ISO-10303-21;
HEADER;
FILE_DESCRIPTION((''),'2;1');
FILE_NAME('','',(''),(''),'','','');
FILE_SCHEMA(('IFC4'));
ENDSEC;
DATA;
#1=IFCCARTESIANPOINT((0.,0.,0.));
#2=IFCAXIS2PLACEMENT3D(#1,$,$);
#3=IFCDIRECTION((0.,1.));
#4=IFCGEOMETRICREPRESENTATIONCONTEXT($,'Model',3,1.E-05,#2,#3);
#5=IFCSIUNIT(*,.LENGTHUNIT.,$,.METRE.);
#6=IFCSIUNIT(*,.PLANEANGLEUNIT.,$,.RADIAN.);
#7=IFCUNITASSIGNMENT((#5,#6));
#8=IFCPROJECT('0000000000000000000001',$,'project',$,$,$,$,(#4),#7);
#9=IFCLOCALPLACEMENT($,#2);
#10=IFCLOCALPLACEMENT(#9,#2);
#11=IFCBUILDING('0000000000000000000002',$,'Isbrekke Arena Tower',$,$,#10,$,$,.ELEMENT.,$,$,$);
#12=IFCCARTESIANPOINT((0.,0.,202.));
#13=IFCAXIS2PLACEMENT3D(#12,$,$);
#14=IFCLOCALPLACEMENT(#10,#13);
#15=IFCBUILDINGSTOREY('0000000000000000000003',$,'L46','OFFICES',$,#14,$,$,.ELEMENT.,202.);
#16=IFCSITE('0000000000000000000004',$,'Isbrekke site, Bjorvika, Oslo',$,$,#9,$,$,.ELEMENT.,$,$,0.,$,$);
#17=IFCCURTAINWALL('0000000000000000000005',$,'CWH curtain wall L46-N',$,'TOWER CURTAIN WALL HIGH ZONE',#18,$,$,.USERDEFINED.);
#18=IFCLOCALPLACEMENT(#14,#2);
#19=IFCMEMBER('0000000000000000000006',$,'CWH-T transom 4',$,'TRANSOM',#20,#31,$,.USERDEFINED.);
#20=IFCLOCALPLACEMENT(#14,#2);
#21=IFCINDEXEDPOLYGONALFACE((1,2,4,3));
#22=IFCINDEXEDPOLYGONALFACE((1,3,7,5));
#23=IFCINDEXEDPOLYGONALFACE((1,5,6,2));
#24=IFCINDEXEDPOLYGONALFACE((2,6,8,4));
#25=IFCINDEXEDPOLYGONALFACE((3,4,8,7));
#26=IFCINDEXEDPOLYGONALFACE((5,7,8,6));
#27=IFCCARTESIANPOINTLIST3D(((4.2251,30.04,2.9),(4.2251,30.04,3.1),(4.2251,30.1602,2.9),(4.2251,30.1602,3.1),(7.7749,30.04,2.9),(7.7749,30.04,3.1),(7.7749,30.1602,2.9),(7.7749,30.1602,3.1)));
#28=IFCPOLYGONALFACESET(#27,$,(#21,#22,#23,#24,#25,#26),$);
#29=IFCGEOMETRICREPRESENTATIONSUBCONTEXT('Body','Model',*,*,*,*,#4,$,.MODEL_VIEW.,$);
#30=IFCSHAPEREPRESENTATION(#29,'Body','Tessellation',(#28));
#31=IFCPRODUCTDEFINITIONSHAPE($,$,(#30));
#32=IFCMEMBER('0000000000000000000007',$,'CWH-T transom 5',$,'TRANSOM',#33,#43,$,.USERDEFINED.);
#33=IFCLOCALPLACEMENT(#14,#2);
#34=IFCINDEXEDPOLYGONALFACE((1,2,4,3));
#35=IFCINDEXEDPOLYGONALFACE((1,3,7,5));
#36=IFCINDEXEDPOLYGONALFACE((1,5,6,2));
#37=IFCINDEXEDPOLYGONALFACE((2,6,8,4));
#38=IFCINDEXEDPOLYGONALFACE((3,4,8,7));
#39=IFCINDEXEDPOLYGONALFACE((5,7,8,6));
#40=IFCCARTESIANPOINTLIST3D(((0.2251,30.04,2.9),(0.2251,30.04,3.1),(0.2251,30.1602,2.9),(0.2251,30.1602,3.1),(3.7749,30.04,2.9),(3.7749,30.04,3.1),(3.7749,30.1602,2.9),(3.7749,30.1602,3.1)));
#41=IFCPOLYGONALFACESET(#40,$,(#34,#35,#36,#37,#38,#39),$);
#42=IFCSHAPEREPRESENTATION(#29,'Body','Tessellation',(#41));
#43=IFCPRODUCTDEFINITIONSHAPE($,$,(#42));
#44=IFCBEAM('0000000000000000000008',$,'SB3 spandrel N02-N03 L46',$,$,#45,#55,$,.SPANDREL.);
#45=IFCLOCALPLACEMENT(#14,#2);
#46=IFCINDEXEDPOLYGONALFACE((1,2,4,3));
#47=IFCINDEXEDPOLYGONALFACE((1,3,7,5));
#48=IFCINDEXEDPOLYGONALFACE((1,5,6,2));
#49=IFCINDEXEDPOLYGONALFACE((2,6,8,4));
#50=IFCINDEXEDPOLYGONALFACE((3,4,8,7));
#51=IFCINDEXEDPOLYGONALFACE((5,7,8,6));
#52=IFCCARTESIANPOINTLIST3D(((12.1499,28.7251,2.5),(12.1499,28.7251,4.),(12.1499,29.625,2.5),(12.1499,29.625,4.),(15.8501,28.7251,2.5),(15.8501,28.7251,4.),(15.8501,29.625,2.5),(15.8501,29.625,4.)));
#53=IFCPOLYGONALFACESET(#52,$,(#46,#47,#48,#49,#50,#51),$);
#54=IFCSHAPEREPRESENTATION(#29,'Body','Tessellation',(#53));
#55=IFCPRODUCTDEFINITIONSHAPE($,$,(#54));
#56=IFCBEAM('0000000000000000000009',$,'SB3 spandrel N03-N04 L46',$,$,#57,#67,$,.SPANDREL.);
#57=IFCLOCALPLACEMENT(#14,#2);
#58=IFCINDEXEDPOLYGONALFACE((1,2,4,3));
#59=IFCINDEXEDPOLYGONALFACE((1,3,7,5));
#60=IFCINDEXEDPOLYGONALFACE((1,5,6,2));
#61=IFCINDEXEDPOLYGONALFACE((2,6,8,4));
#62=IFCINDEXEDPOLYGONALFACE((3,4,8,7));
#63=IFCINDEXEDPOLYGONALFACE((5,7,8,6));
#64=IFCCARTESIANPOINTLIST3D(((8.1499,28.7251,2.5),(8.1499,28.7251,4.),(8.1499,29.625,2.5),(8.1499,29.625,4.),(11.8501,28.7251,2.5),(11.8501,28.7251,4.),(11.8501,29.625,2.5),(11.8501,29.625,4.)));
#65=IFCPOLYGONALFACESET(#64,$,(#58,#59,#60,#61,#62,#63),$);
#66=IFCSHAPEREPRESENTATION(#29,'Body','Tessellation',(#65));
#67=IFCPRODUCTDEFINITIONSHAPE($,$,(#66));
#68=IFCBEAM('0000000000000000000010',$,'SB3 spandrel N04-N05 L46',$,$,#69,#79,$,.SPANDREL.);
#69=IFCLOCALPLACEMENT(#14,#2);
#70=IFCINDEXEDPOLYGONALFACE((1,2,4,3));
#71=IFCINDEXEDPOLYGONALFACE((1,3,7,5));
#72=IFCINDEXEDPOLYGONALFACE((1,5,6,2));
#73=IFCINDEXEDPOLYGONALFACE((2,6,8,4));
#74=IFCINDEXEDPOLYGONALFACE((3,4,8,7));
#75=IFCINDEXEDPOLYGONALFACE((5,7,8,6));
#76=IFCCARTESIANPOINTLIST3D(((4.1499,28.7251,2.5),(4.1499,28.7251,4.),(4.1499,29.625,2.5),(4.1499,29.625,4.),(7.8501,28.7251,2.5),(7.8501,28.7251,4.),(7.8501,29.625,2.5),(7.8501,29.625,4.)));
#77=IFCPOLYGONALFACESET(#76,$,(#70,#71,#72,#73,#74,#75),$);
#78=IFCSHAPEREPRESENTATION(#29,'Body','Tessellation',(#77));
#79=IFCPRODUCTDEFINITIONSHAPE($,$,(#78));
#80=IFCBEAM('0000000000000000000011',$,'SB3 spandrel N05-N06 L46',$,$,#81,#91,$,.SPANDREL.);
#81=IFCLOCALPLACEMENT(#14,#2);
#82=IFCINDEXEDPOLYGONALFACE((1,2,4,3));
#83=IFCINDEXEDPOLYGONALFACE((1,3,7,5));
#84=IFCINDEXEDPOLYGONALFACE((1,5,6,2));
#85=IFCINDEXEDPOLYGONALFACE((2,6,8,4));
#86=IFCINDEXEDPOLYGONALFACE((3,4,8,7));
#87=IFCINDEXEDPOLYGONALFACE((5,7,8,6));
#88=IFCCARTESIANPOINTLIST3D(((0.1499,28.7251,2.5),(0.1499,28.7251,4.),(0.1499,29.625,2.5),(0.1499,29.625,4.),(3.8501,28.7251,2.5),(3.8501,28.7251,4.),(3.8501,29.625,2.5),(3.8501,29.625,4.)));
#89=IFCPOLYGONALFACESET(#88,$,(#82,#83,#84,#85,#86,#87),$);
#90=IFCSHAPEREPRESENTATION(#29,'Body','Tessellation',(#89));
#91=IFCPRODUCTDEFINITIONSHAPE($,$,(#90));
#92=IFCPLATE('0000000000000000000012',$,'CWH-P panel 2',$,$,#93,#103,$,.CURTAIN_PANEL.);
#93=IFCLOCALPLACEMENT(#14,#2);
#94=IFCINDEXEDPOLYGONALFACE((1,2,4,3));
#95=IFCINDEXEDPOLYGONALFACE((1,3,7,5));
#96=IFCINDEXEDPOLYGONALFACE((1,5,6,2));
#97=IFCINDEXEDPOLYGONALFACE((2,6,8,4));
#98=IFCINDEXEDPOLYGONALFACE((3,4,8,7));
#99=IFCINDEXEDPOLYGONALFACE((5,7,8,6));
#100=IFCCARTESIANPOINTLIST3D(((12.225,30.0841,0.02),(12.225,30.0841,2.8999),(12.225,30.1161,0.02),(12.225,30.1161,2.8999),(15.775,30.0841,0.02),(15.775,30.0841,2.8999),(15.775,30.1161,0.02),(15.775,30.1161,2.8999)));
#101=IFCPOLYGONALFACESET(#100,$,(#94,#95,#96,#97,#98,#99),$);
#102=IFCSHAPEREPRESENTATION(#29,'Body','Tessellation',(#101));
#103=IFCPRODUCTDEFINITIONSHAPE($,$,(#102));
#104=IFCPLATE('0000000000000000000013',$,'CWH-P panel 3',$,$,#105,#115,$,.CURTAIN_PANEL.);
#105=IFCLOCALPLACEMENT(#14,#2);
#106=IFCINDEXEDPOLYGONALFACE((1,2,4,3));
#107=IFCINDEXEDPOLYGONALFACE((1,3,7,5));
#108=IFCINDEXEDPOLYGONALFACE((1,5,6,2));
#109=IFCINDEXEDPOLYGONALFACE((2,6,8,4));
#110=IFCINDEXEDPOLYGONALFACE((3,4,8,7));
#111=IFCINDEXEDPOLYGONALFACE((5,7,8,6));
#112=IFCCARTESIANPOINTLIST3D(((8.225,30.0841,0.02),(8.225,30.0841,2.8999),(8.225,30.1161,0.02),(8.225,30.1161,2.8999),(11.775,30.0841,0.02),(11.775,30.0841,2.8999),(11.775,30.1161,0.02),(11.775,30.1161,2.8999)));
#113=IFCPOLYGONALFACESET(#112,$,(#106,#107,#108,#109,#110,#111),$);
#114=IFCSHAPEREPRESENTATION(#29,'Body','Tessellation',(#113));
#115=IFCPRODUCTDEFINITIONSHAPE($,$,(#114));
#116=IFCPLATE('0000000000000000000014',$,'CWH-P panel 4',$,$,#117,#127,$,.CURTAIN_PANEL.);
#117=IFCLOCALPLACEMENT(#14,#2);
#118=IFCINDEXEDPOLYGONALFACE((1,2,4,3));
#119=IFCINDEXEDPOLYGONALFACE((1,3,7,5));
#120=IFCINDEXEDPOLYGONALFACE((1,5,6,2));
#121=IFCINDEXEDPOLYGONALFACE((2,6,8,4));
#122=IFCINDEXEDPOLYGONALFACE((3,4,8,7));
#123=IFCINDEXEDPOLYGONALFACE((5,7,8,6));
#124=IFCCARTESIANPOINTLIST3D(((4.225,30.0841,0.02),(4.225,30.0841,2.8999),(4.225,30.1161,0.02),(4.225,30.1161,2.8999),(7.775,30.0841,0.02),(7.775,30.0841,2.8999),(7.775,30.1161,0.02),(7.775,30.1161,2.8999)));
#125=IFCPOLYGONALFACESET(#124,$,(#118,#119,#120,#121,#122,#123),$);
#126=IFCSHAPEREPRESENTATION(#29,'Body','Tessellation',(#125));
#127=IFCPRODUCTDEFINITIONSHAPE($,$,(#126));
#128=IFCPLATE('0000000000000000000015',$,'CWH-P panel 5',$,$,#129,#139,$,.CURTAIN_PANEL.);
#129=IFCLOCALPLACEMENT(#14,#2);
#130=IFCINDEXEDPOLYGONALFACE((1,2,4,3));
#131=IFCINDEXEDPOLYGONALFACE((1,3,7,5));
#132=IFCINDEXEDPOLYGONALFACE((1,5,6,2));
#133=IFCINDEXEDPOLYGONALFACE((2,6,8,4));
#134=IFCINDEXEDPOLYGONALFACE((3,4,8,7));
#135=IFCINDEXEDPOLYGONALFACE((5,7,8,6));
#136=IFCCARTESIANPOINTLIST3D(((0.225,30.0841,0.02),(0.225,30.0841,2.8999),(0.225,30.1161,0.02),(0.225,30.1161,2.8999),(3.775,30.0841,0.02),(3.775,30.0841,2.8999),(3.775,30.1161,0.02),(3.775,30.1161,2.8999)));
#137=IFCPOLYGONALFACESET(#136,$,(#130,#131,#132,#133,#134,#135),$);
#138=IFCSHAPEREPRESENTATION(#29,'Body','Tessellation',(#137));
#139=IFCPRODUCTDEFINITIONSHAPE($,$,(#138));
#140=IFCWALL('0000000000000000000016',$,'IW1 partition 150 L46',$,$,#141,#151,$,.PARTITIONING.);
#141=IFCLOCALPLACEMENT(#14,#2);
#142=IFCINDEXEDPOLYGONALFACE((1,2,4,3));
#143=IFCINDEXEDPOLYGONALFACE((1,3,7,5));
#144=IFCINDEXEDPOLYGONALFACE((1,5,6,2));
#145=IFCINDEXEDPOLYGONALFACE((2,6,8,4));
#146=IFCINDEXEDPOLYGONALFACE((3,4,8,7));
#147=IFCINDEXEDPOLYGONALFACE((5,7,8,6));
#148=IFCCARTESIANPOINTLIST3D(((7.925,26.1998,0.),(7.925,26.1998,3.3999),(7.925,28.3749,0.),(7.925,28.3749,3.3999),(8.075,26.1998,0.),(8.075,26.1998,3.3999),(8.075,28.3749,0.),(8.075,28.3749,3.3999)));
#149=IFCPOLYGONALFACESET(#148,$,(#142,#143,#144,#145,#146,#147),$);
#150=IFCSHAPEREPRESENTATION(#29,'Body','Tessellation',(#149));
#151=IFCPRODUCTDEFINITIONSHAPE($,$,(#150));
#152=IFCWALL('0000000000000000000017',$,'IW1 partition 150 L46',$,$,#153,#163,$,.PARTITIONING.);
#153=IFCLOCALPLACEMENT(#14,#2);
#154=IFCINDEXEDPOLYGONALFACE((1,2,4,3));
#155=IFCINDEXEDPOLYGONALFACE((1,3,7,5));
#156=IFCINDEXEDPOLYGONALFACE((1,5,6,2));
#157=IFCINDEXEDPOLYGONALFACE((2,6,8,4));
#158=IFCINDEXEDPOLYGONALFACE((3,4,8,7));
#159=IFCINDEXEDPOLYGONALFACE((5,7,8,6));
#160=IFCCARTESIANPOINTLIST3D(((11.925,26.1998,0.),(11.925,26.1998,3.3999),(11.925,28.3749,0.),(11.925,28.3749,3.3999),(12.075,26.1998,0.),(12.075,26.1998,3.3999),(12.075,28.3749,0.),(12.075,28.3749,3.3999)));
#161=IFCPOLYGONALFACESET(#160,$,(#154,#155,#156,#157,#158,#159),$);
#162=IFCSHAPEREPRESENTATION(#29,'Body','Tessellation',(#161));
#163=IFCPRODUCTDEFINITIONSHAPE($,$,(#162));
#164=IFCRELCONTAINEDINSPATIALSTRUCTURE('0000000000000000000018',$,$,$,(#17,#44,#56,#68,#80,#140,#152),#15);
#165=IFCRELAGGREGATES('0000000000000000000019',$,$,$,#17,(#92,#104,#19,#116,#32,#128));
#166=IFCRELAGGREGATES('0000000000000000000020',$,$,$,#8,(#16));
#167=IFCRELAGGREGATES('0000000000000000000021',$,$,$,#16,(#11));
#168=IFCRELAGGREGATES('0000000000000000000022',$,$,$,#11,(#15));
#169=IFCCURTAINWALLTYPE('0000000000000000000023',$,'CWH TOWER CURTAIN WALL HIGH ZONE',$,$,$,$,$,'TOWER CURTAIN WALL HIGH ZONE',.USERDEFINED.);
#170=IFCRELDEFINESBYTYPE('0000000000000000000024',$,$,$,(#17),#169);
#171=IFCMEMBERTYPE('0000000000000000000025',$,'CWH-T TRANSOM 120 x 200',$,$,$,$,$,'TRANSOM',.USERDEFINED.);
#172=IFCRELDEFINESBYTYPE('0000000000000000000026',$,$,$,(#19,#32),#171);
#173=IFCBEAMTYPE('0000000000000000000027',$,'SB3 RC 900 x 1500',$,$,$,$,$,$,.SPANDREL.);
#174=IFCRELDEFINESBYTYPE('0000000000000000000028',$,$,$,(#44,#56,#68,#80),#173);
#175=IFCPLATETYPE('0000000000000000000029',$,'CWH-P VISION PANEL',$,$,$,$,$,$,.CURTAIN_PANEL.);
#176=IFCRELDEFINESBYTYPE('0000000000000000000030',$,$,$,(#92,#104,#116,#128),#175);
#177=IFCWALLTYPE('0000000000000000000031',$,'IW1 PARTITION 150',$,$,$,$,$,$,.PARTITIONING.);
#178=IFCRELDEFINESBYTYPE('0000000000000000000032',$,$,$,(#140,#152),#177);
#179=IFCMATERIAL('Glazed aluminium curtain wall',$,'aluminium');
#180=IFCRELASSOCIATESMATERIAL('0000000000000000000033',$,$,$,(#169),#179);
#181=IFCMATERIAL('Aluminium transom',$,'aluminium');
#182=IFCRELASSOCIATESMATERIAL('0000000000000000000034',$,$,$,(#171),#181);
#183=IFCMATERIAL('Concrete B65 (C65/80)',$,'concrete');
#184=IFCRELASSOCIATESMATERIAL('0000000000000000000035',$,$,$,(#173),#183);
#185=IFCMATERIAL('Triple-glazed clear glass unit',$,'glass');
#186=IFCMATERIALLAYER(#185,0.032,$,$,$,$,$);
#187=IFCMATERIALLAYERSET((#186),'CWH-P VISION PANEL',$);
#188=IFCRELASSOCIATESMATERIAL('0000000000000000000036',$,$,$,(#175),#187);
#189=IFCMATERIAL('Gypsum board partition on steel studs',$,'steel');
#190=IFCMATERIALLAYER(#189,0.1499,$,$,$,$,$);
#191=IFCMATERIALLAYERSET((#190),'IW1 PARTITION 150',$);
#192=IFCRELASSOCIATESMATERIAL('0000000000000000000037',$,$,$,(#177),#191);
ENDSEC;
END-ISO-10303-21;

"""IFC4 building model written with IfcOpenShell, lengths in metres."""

from ifc_helpers import new_model, si_unit, direction, frame, frame_2d, origin, origin_2d, place, context, subcontext, project, spatial, rectangle, extrude, material, layer, layer_set, material_profile, profile_set, type_object, element, aggregate, save


model = new_model("IFC4")

# Units and contexts
model_context = context("Model", 3, precision=1e-05, world=origin(), true_north=direction((0.0, 1.0)))
body_context = subcontext(model_context, "Body", "Model", "MODEL_VIEW")
ifc_project = project(units=[si_unit("LENGTHUNIT", "METRE"), si_unit("PLANEANGLEUNIT", "RADIAN")], contexts=[model_context])

# Site, building, storey
site_placement = place(None, origin())
site = spatial("IfcSite", under=ifc_project, at=site_placement, Name="Isbrekke site, Bjorvika, Oslo", CompositionType="ELEMENT", RefElevation=0.0)
building_placement = place(site_placement, origin())
building = spatial("IfcBuilding", under=site, at=building_placement, Name="Isbrekke Arena Tower", CompositionType="ELEMENT")
storey_placement = place(building_placement, frame((0.0, 0.0, 202.0)))
storey = spatial("IfcBuildingStorey", under=building, at=storey_placement, Name="L46", Description="OFFICES", CompositionType="ELEMENT", Elevation=202.0)

# Curtain wall, members
ifc_material_1 = material(Name="Glazed aluminium curtain wall", Category="aluminium")
curtain_wall_type = type_object("IfcCurtainWallType", Name="CWH TOWER CURTAIN WALL HIGH ZONE", ElementType="TOWER CURTAIN WALL HIGH ZONE", PredefinedType="USERDEFINED", material=ifc_material_1)
curtain_wall_placement = place(storey_placement, origin())
curtain_wall = element("IfcCurtainWall", 1, at=curtain_wall_placement, inside=storey, type_object=curtain_wall_type, Name="CWH curtain wall L46-N", ObjectType="TOWER CURTAIN WALL HIGH ZONE", PredefinedType="USERDEFINED")
ifc_material_2 = material(Name="Aluminium transom", Category="aluminium")
ifc_material_profile_1 = material_profile(ifc_material_2, rectangle(XDim=0.1201, YDim=0.2, at=origin_2d()), Name="TRANSOM 120X200")
ifc_profile_set_1 = profile_set([ifc_material_profile_1], Name="Aluminium transom")
member_type_1 = type_object("IfcMemberType", Name="CWH-T TRANSOM 120 x 200", ElementType="TRANSOM", PredefinedType="USERDEFINED", material=ifc_profile_set_1)
member_1_placement = place(storey_placement, frame((7.7749, 30.1001, 3.0), z_axis=(-1.0, 0.0, 0.0), x_axis=(0.0, -1.0, 0.0)))
member_1 = element("IfcMember", 2, at=member_1_placement, type_object=member_type_1, Name="CWH-T transom 4", ObjectType="TRANSOM", PredefinedType="USERDEFINED", context=body_context, shape_type="SweptSolid", body=[
    extrude(rectangle(XDim=0.1201, YDim=0.2, at=origin_2d()), origin(), (0.0, 0.0, 1.0), 3.5498),
])
member_2_placement = place(storey_placement, frame((3.7749, 30.1001, 3.0), z_axis=(-1.0, 0.0, 0.0), x_axis=(0.0, -1.0, 0.0)))
member_2 = element("IfcMember", 3, at=member_2_placement, type_object=member_type_1, Name="CWH-T transom 5", ObjectType="TRANSOM", PredefinedType="USERDEFINED", context=body_context, shape_type="SweptSolid", body=[
    extrude(rectangle(XDim=0.1201, YDim=0.2, at=origin_2d()), origin(), (0.0, 0.0, 1.0), 3.5498),
])

# Beams
ifc_material_3 = material(Name="Concrete B65 (C65/80)", Category="concrete")
ifc_material_profile_2 = material_profile(ifc_material_3, rectangle(XDim=0.8999, YDim=1.5, at=origin_2d()), Name="RC 900x1500")
ifc_profile_set_2 = profile_set([ifc_material_profile_2], Name="Concrete B65 (C65/80)")
beam_type_1 = type_object("IfcBeamType", Name="SB3 RC 900 x 1500", PredefinedType="SPANDREL", material=ifc_profile_set_2)
for number, where, z_axis, x_axis, name in (
    (4, (15.8501, 29.175, 3.25), (-1.0, 0.0, 0.0), (0.0, -1.0, 0.0), "SB3 spandrel N02-N03 L46"),
    (5, (11.8501, 29.175, 3.25), (-1.0, 0.0, 0.0), (0.0, -1.0, 0.0), "SB3 spandrel N03-N04 L46"),
    (6, (7.8501, 29.175, 3.25), (-1.0, 0.0, 0.0), (0.0, -1.0, 0.0), "SB3 spandrel N04-N05 L46"),
    (7, (3.8501, 29.175, 3.25), (-1.0, 0.0, 0.0), (0.0, -1.0, 0.0), "SB3 spandrel N05-N06 L46"),
):
    element("IfcBeam", number, at=place(storey_placement, frame(where, z_axis=z_axis, x_axis=x_axis)), inside=storey, type_object=beam_type_1, Name=name, PredefinedType="SPANDREL", context=body_context, shape_type="SweptSolid", body=[
        extrude(rectangle(XDim=0.8999, YDim=1.5, at=origin_2d()), origin(), (0.0, 0.0, 1.0), 3.7002),
    ])

# Plates
ifc_material_4 = material(Name="Triple-glazed clear glass unit", Category="glass")
ifc_layer_1 = layer(ifc_material_4, 0.032)
ifc_layer_set_1 = layer_set([ifc_layer_1], Name="CWH-P VISION PANEL")
plate_type = type_object("IfcPlateType", Name="CWH-P VISION PANEL", PredefinedType="CURTAIN_PANEL", material=ifc_layer_set_1)
plate_1_placement = place(storey_placement, frame((14.0, 30.1001, 0.02), z_axis=(0.0, 0.0, 1.0), x_axis=(-1.0, 0.0, 0.0)))
plate_1 = element("IfcPlate", 8, at=plate_1_placement, type_object=plate_type, Name="CWH-P panel 2", PredefinedType="CURTAIN_PANEL", context=body_context, shape_type="SweptSolid", body=[
    extrude(rectangle(XDim=3.55, YDim=0.032, at=origin_2d()), origin(), (0.0, 0.0, 1.0), 2.8799),
])
plate_2_placement = place(storey_placement, frame((10.0, 30.1001, 0.02), z_axis=(0.0, 0.0, 1.0), x_axis=(-1.0, 0.0, 0.0)))
plate_2 = element("IfcPlate", 9, at=plate_2_placement, type_object=plate_type, Name="CWH-P panel 3", PredefinedType="CURTAIN_PANEL", context=body_context, shape_type="SweptSolid", body=[
    extrude(rectangle(XDim=3.55, YDim=0.032, at=origin_2d()), origin(), (0.0, 0.0, 1.0), 2.8799),
])
plate_3_placement = place(storey_placement, frame((6.0, 30.1001, 0.02), z_axis=(0.0, 0.0, 1.0), x_axis=(-1.0, 0.0, 0.0)))
plate_3 = element("IfcPlate", 10, at=plate_3_placement, type_object=plate_type, Name="CWH-P panel 4", PredefinedType="CURTAIN_PANEL", context=body_context, shape_type="SweptSolid", body=[
    extrude(rectangle(XDim=3.55, YDim=0.032, at=origin_2d()), origin(), (0.0, 0.0, 1.0), 2.8799),
])
plate_4_placement = place(storey_placement, frame((2.0, 30.1001, 0.02), z_axis=(0.0, 0.0, 1.0), x_axis=(-1.0, 0.0, 0.0)))
plate_4 = element("IfcPlate", 11, at=plate_4_placement, type_object=plate_type, Name="CWH-P panel 5", PredefinedType="CURTAIN_PANEL", context=body_context, shape_type="SweptSolid", body=[
    extrude(rectangle(XDim=3.55, YDim=0.032, at=origin_2d()), origin(), (0.0, 0.0, 1.0), 2.8799),
])
aggregate(curtain_wall, [plate_1, plate_2, member_1, plate_3, member_2, plate_4])

# Walls
ifc_material_5 = material(Name="Gypsum board partition on steel studs", Category="steel")
ifc_layer_2 = layer(ifc_material_5, 0.1499)
ifc_layer_set_2 = layer_set([ifc_layer_2], Name="IW1 PARTITION 150")
wall_type = type_object("IfcWallType", Name="IW1 PARTITION 150", PredefinedType="PARTITIONING", material=ifc_layer_set_2)
for number, where, z_axis, x_axis, name in (
    (12, (8.0, 26.2, 0.0), (0.0, 0.0, 1.0), (0.0, 1.0, 0.0), "IW1 partition 150 L46"),
    (13, (12.0, 26.2, 0.0), (0.0, 0.0, 1.0), (0.0, 1.0, 0.0), "IW1 partition 150 L46"),
):
    element("IfcWall", number, at=place(storey_placement, frame(where, z_axis=z_axis, x_axis=x_axis)), inside=storey, type_object=wall_type, Name=name, PredefinedType="PARTITIONING", context=body_context, shape_type="SweptSolid", body=[
        extrude(rectangle(XDim=2.175, YDim=0.1499, at=frame_2d((1.0874, 0.0))), origin(), (0.0, 0.0, 1.0), 3.3999),
    ])

save(model, "model.ifc")
